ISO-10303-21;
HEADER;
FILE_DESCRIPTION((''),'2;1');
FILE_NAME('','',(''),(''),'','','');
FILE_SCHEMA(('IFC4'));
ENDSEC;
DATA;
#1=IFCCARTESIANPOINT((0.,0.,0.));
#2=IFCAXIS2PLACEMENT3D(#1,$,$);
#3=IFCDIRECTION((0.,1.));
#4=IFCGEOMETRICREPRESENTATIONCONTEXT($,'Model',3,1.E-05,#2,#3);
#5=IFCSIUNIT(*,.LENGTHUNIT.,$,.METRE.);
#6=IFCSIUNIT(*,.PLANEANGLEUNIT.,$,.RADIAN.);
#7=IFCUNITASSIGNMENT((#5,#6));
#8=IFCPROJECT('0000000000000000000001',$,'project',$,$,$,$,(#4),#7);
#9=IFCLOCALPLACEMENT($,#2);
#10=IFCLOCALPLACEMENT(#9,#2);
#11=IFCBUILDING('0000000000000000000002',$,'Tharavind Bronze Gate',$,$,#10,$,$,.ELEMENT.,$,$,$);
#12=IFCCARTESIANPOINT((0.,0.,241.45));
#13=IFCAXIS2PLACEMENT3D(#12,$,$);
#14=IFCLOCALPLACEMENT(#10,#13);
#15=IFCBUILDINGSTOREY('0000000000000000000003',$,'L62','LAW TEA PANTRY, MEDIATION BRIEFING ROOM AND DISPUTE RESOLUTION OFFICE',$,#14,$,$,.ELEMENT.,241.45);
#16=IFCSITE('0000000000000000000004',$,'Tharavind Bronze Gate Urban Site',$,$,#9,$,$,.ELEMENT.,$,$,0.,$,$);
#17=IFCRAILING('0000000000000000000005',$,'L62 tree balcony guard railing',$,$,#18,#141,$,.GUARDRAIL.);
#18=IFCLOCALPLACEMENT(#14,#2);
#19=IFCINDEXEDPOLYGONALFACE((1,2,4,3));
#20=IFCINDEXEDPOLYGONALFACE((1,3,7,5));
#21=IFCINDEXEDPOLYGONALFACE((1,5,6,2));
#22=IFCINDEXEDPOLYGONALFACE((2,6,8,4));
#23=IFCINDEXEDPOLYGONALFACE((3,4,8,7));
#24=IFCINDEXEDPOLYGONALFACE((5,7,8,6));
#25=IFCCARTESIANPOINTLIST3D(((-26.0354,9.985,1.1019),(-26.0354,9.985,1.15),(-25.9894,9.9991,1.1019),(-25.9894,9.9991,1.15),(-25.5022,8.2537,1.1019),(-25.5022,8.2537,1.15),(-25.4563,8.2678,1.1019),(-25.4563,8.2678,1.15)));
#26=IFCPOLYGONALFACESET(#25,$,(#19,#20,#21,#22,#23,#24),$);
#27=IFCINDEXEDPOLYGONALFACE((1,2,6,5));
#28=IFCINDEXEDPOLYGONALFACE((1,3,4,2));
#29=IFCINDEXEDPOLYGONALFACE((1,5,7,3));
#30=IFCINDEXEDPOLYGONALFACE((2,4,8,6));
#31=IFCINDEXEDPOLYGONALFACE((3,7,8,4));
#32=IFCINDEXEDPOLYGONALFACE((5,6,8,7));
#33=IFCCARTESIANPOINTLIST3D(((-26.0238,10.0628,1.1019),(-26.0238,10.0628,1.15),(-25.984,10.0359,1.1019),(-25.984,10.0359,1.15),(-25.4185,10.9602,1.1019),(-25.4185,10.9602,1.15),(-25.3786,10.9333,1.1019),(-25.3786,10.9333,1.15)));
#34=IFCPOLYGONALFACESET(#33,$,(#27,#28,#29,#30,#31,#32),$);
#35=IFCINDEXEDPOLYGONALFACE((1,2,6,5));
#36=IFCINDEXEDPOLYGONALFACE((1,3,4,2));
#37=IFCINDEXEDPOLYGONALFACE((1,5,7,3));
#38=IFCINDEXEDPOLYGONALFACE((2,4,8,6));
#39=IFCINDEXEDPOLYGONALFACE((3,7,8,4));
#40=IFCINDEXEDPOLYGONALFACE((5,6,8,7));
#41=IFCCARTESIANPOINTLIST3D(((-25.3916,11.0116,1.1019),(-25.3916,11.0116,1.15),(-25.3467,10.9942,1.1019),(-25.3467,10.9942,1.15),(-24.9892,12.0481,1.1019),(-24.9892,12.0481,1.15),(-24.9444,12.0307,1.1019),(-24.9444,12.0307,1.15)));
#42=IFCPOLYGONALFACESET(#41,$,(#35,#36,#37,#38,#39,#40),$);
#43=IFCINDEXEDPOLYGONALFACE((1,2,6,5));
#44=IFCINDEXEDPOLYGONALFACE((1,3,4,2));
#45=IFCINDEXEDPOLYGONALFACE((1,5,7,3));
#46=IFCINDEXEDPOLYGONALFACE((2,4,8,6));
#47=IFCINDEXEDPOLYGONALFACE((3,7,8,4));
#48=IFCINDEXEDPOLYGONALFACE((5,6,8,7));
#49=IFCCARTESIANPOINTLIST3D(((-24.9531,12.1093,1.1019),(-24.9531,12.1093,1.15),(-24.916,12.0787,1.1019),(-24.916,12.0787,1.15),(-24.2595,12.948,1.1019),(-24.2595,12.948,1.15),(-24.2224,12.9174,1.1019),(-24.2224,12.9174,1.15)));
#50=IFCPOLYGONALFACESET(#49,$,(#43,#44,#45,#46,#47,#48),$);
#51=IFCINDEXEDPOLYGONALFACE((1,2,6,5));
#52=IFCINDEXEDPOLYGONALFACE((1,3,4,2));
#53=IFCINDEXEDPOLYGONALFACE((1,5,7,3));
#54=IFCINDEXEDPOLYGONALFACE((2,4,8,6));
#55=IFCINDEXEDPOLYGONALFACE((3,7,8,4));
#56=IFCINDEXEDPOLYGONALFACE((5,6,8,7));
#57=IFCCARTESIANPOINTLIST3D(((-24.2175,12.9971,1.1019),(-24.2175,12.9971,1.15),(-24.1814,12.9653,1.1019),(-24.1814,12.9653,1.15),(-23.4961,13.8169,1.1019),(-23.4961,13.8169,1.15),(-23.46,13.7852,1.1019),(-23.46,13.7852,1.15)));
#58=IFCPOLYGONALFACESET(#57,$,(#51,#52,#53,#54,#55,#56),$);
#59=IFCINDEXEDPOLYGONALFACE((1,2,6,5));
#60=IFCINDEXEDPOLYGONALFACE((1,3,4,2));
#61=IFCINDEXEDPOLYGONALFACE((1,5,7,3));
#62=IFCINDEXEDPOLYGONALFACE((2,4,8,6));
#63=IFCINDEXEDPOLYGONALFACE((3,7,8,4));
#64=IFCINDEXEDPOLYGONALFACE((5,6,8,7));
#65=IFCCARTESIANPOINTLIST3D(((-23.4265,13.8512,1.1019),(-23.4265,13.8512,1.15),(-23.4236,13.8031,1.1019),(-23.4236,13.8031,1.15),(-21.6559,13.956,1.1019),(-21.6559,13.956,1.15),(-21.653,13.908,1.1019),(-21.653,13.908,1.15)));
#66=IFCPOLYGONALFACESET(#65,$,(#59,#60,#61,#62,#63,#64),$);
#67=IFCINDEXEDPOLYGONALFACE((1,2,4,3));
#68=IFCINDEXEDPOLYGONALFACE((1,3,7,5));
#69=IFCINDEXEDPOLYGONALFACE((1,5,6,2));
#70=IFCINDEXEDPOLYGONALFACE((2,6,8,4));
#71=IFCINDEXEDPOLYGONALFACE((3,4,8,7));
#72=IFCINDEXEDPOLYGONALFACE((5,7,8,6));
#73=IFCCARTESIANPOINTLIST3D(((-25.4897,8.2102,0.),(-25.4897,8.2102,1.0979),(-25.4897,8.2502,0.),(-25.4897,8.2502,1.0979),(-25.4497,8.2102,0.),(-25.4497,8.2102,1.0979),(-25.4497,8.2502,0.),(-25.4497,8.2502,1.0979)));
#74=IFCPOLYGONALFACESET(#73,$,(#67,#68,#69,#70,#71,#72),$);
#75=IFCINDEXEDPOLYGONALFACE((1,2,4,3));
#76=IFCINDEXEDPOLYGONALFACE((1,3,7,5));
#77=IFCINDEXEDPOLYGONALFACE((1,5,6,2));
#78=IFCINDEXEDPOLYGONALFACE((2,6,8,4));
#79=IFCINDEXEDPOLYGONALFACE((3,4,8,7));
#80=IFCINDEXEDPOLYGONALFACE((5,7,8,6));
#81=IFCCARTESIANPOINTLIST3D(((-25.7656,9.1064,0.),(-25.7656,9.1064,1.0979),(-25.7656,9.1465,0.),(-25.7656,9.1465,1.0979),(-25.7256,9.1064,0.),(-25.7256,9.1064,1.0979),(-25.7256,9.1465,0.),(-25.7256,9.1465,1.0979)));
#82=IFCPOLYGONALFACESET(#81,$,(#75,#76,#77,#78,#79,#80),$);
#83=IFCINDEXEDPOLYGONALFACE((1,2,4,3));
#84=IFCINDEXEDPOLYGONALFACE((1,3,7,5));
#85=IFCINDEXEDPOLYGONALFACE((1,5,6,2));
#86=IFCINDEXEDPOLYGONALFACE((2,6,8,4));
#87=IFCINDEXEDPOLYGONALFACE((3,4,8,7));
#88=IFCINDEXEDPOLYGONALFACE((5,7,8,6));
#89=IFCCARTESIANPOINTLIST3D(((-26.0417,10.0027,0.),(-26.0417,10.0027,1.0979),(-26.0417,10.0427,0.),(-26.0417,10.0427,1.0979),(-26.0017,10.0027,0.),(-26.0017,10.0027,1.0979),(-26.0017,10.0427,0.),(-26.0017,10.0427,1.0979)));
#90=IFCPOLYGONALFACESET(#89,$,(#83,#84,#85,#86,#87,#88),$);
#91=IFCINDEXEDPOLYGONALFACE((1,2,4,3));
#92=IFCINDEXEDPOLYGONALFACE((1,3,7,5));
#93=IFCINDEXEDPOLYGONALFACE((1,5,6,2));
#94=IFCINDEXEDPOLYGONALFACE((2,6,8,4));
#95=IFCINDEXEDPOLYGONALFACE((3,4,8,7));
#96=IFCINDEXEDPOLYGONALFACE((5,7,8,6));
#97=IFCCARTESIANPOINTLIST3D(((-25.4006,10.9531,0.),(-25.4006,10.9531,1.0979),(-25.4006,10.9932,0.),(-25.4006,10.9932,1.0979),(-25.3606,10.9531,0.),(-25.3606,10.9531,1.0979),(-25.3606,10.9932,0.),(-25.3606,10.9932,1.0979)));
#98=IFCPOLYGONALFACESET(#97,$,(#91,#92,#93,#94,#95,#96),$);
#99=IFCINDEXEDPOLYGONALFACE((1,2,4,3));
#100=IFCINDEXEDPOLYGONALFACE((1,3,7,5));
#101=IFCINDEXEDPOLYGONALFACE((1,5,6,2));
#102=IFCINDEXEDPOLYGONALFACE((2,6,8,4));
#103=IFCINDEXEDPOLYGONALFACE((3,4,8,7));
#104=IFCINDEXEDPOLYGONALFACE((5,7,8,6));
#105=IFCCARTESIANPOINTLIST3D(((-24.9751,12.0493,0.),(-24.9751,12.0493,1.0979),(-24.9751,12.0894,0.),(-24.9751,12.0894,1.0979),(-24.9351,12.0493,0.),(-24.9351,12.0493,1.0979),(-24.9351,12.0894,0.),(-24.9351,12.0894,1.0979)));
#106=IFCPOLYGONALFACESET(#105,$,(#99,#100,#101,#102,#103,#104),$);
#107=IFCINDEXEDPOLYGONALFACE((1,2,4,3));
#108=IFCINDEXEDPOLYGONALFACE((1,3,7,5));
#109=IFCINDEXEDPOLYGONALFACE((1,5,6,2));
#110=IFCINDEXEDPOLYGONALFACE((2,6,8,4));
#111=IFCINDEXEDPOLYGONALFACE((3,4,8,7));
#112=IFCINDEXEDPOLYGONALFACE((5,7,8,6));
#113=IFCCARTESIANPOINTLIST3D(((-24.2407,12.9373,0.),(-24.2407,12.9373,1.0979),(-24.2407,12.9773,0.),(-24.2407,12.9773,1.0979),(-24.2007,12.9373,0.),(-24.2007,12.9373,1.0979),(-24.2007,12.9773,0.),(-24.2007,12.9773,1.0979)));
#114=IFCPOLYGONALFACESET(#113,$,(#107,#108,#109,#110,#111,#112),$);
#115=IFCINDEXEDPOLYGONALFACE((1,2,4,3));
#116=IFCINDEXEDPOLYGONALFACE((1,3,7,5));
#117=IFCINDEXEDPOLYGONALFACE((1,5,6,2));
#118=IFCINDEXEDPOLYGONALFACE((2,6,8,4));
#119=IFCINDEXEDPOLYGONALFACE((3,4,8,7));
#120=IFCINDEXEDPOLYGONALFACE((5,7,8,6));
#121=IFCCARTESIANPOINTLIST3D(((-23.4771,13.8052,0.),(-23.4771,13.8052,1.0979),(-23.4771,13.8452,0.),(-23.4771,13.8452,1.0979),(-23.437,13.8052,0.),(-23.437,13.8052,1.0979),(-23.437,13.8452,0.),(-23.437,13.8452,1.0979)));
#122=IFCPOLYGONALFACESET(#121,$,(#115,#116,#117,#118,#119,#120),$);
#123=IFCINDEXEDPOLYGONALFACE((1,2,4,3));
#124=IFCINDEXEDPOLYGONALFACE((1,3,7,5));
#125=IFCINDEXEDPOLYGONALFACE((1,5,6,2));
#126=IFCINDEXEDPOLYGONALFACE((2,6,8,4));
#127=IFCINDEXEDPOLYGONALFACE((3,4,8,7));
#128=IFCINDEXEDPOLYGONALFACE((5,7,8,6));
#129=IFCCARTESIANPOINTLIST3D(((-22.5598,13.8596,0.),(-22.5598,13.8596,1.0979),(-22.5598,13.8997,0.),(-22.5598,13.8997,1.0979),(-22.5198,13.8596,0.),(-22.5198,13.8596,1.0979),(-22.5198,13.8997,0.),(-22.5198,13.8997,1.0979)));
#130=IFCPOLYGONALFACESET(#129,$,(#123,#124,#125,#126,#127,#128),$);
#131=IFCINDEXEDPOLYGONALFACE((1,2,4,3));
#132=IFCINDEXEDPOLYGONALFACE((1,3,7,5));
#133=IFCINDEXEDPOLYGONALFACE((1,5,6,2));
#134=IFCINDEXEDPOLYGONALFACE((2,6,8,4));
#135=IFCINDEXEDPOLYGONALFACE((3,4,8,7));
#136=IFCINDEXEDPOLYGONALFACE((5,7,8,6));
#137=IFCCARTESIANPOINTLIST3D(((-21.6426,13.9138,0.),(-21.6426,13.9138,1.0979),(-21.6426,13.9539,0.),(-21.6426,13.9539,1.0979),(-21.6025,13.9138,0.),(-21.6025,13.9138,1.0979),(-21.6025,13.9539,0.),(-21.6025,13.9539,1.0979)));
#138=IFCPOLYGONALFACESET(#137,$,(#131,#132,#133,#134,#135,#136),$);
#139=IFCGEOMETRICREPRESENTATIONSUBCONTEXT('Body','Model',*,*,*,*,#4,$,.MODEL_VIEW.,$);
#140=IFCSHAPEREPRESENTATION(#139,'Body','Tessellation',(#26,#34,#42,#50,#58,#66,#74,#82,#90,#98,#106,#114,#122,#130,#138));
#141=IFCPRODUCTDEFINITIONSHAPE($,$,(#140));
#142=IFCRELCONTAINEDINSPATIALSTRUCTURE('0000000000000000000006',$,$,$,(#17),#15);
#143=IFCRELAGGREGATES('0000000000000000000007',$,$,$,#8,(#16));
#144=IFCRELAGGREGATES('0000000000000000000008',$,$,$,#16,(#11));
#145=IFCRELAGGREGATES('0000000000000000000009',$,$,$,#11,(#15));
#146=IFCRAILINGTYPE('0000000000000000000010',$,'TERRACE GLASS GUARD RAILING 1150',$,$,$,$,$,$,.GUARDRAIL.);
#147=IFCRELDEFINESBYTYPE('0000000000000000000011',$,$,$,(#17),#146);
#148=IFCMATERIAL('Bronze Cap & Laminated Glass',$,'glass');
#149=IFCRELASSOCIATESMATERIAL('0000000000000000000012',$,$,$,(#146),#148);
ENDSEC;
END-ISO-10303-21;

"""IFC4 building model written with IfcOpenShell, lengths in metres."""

from ifc_helpers import new_model, si_unit, direction, frame, origin, origin_2d, place, context, subcontext, project, spatial, rectangle, extrude, material, type_object, element, save


model = new_model("IFC4")

# Units and contexts
model_context = context("Model", 3, precision=1e-05, world=origin(), true_north=direction((0.0, 1.0)))
body_context = subcontext(model_context, "Body", "Model", "MODEL_VIEW")
ifc_project = project(units=[si_unit("LENGTHUNIT", "METRE"), si_unit("PLANEANGLEUNIT", "RADIAN")], contexts=[model_context])

# Site, building, storey
site_placement = place(None, origin())
site = spatial("IfcSite", under=ifc_project, at=site_placement, Name="Tharavind Bronze Gate Urban Site", CompositionType="ELEMENT", RefElevation=0.0)
building_placement = place(site_placement, origin())
building = spatial("IfcBuilding", under=site, at=building_placement, Name="Tharavind Bronze Gate", CompositionType="ELEMENT")
storey_placement = place(building_placement, frame((0.0, 0.0, 241.45)))
storey = spatial("IfcBuildingStorey", under=building, at=storey_placement, Name="L62", Description="LAW TEA PANTRY, MEDIATION BRIEFING ROOM AND DISPUTE RESOLUTION OFFICE", CompositionType="ELEMENT", Elevation=241.45)

# Railing
ifc_material_1 = material(Name="Bronze Cap & Laminated Glass", Category="glass")
railing_type = type_object("IfcRailingType", Name="TERRACE GLASS GUARD RAILING 1150", PredefinedType="GUARDRAIL", material=ifc_material_1)
railing_placement = place(storey_placement, frame((-25.4697, 8.2302, 0.0)))
element("IfcRailing", 1, at=railing_placement, inside=storey, type_object=railing_type, Name="L62 tree balcony guard railing", PredefinedType="GUARDRAIL", context=body_context, shape_type="SweptSolid", body=[
    extrude(rectangle(XDim=0.0481, YDim=0.0481, at=origin_2d()), frame((-0.0095, 0.0305, 1.126), z_axis=(-0.294315, 0.955709, 0.0), x_axis=(-0.955709, -0.294315, 0.0)), (0.0, 0.0, 1.0), 1.8115),
    extrude(rectangle(XDim=0.0481, YDim=0.0481, at=origin_2d()), frame((-0.5342, 1.8191, 1.126), z_axis=(0.559213, 0.829024, 0.0), x_axis=(-0.829024, 0.559213, 0.0)), (0.0, 0.0, 1.0), 1.0825),
    extrude(rectangle(XDim=0.0481, YDim=0.0481, at=origin_2d()), frame((0.1006, 2.7727, 1.126), z_axis=(0.361885, 0.932223, 0.0), x_axis=(-0.932223, 0.361885, 0.0)), (0.0, 0.0, 1.0), 1.1118),
    extrude(rectangle(XDim=0.0481, YDim=0.0481, at=origin_2d()), frame((0.5352, 3.8638, 1.126), z_axis=(0.637325, 0.770595, 0.0), x_axis=(-0.770595, 0.637325, 0.0)), (0.0, 0.0, 1.0), 1.0884),
    extrude(rectangle(XDim=0.0481, YDim=0.0481, at=origin_2d()), frame((1.2703, 4.751, 1.126), z_axis=(0.66058, 0.750755, 0.0), x_axis=(-0.750755, 0.66058, 0.0)), (0.0, 0.0, 1.0), 1.092),
    extrude(rectangle(XDim=0.0481, YDim=0.0481, at=origin_2d()), frame((2.0447, 5.5969, 1.126), z_axis=(0.998251, 0.059119, 0.0), x_axis=(-0.059119, 0.998251, 0.0)), (0.0, 0.0, 1.0), 1.7737),
    extrude(rectangle(XDim=0.04, YDim=0.04, at=origin_2d()), origin(), (0.0, 0.0, 1.0), 1.0979),
    extrude(rectangle(XDim=0.04, YDim=0.04, at=origin_2d()), frame((-0.2759, 0.8962, 0.0)), (0.0, 0.0, 1.0), 1.0979),
    extrude(rectangle(XDim=0.04, YDim=0.04, at=origin_2d()), frame((-0.552, 1.7925, 0.0)), (0.0, 0.0, 1.0), 1.0979),
    extrude(rectangle(XDim=0.04, YDim=0.04, at=origin_2d()), frame((0.0891, 2.7429, 0.0)), (0.0, 0.0, 1.0), 1.0979),
    extrude(rectangle(XDim=0.04, YDim=0.04, at=origin_2d()), frame((0.5146, 3.8391, 0.0)), (0.0, 0.0, 1.0), 1.0979),
    extrude(rectangle(XDim=0.04, YDim=0.04, at=origin_2d()), frame((1.249, 4.7271, 0.0)), (0.0, 0.0, 1.0), 1.0979),
    extrude(rectangle(XDim=0.04, YDim=0.04, at=origin_2d()), frame((2.0127, 5.595, 0.0)), (0.0, 0.0, 1.0), 1.0979),
    extrude(rectangle(XDim=0.04, YDim=0.04, at=origin_2d()), frame((2.9299, 5.6494, 0.0)), (0.0, 0.0, 1.0), 1.0979),
    extrude(rectangle(XDim=0.04, YDim=0.04, at=origin_2d()), frame((3.8472, 5.7036, 0.0)), (0.0, 0.0, 1.0), 1.0979),
])

save(model, "model.ifc")
